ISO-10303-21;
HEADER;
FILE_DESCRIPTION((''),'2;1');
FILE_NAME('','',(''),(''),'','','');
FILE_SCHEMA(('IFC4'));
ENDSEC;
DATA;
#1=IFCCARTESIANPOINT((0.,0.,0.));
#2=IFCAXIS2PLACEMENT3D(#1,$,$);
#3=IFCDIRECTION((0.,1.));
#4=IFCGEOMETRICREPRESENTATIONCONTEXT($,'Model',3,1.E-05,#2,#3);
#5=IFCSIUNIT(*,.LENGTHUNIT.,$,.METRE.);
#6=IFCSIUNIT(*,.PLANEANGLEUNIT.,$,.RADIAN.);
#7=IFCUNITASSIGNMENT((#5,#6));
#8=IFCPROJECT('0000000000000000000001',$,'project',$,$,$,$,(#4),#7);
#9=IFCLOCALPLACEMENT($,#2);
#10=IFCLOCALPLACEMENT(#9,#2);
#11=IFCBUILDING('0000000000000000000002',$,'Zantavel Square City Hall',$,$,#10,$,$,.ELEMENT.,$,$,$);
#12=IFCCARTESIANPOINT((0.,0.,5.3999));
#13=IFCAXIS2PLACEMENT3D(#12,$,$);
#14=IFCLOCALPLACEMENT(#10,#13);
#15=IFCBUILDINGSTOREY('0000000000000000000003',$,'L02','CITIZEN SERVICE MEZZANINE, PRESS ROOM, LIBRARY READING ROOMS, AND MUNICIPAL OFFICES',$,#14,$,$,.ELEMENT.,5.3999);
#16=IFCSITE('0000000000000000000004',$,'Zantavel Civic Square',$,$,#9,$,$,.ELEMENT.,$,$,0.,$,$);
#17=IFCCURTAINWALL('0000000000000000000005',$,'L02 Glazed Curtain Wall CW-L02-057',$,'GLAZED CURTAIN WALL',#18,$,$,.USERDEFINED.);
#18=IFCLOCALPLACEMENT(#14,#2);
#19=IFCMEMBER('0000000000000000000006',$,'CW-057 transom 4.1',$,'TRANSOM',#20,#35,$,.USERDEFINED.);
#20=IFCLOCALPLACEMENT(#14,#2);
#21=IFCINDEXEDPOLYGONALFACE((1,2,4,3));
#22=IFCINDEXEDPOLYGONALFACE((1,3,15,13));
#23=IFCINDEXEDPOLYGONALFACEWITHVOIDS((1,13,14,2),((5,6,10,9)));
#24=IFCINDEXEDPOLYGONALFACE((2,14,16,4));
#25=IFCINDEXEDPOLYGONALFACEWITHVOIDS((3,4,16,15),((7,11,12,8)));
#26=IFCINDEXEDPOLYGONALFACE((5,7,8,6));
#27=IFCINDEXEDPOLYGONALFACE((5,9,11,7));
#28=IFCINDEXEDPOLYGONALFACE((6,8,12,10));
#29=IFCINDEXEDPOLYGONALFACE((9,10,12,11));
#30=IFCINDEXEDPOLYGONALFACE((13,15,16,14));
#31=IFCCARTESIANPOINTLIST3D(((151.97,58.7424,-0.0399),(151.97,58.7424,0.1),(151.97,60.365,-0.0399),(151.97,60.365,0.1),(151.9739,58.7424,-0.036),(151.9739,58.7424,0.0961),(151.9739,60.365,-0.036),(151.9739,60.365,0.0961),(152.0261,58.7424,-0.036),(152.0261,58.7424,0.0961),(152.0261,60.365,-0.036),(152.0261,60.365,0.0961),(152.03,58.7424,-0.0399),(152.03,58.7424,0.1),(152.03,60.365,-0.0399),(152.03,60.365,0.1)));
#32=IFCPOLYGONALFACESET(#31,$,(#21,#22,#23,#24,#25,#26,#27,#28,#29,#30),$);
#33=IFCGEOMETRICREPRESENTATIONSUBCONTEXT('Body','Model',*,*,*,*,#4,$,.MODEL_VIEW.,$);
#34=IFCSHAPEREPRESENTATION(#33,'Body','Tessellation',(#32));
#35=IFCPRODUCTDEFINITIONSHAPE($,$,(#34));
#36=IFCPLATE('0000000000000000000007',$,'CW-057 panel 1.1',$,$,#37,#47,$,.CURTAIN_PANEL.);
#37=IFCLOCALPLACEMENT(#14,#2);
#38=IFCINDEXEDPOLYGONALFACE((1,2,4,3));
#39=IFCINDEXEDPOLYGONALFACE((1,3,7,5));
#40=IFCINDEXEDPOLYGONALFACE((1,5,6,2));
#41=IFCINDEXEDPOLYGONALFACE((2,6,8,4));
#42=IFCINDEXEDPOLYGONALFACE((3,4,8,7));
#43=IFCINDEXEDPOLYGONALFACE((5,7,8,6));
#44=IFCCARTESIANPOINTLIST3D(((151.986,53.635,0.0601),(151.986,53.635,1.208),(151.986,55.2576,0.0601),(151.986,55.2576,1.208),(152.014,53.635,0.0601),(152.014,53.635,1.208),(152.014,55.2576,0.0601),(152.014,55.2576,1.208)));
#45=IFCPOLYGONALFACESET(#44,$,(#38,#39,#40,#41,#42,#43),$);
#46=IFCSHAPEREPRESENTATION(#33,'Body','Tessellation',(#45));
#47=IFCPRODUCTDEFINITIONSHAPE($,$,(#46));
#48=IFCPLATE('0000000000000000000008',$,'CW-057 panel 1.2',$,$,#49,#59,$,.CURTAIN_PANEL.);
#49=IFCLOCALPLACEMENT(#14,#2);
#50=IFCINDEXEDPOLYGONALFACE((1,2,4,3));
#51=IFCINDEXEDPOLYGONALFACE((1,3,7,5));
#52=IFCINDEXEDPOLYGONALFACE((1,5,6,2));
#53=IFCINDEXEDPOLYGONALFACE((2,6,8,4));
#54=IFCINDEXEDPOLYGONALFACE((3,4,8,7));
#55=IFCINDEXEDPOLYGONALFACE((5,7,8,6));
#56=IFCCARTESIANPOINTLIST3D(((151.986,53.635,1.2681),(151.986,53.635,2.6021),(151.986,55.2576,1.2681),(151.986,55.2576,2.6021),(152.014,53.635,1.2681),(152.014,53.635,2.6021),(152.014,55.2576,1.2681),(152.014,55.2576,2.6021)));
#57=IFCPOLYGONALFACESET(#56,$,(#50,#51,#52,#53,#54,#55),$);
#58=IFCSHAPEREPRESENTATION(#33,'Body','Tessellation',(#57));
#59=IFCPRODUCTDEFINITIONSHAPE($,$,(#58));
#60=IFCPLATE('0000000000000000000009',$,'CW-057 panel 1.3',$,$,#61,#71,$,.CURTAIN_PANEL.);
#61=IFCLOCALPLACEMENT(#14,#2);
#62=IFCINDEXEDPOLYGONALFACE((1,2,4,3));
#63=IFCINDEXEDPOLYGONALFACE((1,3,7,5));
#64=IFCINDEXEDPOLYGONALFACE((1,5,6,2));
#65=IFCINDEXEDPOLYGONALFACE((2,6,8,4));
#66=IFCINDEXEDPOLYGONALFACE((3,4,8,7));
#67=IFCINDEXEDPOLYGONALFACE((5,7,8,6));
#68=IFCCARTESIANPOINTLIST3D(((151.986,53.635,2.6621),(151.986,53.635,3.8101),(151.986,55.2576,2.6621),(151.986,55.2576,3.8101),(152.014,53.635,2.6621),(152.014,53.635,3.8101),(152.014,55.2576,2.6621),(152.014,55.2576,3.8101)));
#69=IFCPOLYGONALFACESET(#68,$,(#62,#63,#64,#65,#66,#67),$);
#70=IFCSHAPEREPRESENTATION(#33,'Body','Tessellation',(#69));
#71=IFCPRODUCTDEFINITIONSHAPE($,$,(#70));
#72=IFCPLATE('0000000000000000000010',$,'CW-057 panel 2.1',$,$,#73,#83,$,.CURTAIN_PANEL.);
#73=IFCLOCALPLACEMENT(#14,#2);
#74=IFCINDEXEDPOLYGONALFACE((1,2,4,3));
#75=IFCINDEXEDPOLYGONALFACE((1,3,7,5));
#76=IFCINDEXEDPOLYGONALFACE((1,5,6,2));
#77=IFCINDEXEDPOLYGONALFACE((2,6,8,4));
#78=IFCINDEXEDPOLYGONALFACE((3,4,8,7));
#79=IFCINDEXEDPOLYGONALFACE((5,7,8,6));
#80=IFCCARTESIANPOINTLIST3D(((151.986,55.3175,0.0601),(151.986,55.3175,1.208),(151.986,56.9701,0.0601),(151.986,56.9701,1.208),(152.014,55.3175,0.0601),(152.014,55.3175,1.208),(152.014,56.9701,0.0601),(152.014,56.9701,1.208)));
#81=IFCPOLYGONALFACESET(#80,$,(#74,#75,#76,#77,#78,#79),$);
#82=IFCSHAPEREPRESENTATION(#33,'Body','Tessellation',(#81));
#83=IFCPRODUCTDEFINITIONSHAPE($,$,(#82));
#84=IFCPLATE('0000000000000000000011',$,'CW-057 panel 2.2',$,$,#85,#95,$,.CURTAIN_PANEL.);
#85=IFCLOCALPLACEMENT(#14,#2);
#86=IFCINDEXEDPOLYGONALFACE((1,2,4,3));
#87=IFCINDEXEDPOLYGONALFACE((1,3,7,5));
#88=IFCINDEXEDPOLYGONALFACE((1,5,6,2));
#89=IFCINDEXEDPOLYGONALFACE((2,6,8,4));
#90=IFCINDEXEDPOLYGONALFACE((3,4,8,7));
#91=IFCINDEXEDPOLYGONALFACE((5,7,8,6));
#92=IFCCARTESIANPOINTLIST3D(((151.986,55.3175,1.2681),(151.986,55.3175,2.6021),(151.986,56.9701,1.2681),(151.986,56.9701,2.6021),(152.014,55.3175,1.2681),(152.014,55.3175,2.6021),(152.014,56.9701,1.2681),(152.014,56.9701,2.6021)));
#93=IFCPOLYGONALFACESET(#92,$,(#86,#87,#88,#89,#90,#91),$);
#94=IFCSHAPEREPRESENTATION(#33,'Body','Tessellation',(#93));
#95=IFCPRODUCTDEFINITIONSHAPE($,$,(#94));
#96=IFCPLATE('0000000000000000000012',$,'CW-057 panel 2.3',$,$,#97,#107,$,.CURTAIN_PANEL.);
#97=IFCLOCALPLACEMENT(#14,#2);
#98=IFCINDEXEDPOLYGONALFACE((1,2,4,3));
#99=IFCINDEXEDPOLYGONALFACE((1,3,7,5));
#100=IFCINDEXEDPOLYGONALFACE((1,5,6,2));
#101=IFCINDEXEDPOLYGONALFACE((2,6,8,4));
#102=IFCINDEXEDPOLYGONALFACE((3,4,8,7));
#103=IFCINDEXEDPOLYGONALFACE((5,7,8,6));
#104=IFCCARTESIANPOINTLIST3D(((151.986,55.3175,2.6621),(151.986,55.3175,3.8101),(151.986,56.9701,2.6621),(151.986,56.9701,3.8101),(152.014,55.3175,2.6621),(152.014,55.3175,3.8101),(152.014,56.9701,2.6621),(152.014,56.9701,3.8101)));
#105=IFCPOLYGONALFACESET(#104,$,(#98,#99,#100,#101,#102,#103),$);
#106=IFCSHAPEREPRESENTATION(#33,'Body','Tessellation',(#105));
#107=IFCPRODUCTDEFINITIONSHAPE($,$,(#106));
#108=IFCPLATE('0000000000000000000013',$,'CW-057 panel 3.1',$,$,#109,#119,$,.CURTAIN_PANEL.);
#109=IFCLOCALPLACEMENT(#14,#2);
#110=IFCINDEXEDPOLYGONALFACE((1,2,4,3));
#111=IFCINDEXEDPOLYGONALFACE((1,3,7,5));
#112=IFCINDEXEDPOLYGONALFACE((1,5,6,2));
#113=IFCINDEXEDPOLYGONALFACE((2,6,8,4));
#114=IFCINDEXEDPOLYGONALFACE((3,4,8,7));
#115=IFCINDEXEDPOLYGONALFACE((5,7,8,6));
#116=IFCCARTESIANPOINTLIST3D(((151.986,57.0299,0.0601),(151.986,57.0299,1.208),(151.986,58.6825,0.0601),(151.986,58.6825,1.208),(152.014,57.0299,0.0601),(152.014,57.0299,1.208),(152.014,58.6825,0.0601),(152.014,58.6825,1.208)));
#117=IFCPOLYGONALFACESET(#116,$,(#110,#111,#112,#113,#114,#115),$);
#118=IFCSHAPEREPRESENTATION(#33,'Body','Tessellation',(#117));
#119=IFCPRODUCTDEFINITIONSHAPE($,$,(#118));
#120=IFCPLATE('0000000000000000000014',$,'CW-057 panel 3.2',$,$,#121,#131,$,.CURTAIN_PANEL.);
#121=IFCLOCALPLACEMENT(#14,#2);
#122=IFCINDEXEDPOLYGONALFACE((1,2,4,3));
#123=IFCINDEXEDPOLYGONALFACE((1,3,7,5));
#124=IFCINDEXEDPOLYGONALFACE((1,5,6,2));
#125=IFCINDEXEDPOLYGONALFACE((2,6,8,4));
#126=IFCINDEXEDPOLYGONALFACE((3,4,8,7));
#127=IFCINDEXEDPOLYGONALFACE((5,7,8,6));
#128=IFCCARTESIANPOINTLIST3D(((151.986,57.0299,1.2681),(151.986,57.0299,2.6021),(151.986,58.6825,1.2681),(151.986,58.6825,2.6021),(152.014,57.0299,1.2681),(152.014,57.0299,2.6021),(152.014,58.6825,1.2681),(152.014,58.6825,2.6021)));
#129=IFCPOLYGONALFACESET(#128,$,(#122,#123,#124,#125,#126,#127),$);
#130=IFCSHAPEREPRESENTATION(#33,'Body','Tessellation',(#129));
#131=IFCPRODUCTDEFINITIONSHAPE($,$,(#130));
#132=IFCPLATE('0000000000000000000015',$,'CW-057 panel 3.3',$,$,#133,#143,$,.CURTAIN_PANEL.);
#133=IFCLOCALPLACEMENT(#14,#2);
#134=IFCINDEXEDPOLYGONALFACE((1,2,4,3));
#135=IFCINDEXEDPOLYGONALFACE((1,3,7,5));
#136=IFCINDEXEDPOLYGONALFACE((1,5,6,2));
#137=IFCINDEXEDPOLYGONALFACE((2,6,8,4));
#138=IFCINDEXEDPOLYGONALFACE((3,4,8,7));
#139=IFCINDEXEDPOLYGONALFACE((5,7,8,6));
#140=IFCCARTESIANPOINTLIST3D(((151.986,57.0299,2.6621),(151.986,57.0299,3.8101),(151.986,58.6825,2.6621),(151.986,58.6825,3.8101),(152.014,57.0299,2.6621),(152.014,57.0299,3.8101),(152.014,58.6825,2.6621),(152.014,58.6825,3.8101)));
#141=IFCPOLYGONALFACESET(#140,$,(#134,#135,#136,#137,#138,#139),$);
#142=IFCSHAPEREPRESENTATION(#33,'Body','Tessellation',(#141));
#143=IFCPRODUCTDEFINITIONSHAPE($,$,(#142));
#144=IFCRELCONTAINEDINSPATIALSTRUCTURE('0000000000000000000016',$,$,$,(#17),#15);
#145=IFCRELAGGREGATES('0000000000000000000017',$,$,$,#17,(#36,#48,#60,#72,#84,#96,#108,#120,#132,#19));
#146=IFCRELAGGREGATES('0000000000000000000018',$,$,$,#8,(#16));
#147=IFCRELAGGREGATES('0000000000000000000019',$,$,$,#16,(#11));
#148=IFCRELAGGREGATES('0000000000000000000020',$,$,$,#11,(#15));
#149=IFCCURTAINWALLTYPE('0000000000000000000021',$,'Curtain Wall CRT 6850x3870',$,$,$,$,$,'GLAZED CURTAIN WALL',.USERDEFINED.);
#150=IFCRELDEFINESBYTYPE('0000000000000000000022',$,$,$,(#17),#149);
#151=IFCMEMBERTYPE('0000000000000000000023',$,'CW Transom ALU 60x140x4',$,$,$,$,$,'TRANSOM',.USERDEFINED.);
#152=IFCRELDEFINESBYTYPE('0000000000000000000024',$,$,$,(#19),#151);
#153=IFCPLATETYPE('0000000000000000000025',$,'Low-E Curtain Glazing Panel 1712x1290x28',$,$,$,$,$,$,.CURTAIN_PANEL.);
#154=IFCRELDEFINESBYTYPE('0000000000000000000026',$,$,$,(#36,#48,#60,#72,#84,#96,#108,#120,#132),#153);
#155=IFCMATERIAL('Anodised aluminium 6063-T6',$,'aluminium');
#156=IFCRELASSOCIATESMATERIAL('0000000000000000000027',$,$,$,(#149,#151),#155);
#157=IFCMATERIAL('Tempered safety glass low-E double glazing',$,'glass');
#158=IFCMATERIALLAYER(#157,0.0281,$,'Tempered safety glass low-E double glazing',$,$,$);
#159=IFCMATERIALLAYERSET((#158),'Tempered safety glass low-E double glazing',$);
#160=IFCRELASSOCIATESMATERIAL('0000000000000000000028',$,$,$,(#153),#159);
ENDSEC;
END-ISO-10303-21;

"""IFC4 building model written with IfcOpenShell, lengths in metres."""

from ifc_helpers import new_model, si_unit, direction, frame, origin, origin_2d, place, context, subcontext, project, spatial, rectangle, hollow_rectangle, extrude, material, layer, layer_set, material_profile, profile_set, type_object, element, aggregate, save


model = new_model("IFC4")

# Units and contexts
model_context = context("Model", 3, precision=1e-05, world=origin(), true_north=direction((0.0, 1.0)))
body_context = subcontext(model_context, "Body", "Model", "MODEL_VIEW")
ifc_project = project(units=[si_unit("LENGTHUNIT", "METRE"), si_unit("PLANEANGLEUNIT", "RADIAN")], contexts=[model_context])

# Site, building, storey
site_placement = place(None, origin())
site = spatial("IfcSite", under=ifc_project, at=site_placement, Name="Zantavel Civic Square", CompositionType="ELEMENT", RefElevation=0.0)
building_placement = place(site_placement, origin())
building = spatial("IfcBuilding", under=site, at=building_placement, Name="Zantavel Square City Hall", CompositionType="ELEMENT")
storey_placement = place(building_placement, frame((0.0, 0.0, 5.3999)))
storey = spatial("IfcBuildingStorey", under=building, at=storey_placement, Name="L02", Description="CITIZEN SERVICE MEZZANINE, PRESS ROOM, LIBRARY READING ROOMS, AND MUNICIPAL OFFICES", CompositionType="ELEMENT", Elevation=5.3999)

# Curtain wall, member, plates
ifc_material_1 = material(Name="Anodised aluminium 6063-T6", Category="aluminium")
curtain_wall_type = type_object("IfcCurtainWallType", Name="Curtain Wall CRT 6850x3870", ElementType="GLAZED CURTAIN WALL", PredefinedType="USERDEFINED", material=ifc_material_1)
curtain_wall_placement = place(storey_placement, origin())
curtain_wall = element("IfcCurtainWall", 1, at=curtain_wall_placement, inside=storey, type_object=curtain_wall_type, Name="L02 Glazed Curtain Wall CW-L02-057", ObjectType="GLAZED CURTAIN WALL", PredefinedType="USERDEFINED")
ifc_material_profile_1 = material_profile(ifc_material_1, hollow_rectangle(XDim=0.0601, YDim=0.1399, WallThickness=0.0039, at=origin_2d()), Name="ALU 60x140x4")
ifc_profile_set_1 = profile_set([ifc_material_profile_1], Name="Anodised aluminium 6063-T6")
member_type_1 = type_object("IfcMemberType", Name="CW Transom ALU 60x140x4", ElementType="TRANSOM", PredefinedType="USERDEFINED", material=ifc_profile_set_1)
member_1_placement = place(storey_placement, frame((152.0, 58.7424, 0.03), z_axis=(0.0, 1.0, 0.0), x_axis=(-1.0, 0.0, 0.0)))
member_1 = element("IfcMember", 2, at=member_1_placement, type_object=member_type_1, Name="CW-057 transom 4.1", ObjectType="TRANSOM", PredefinedType="USERDEFINED", context=body_context, shape_type="SweptSolid", body=[
    extrude(hollow_rectangle(XDim=0.0601, YDim=0.1399, WallThickness=0.0039, at=origin_2d()), origin(), (0.0, 0.0, 1.0), 1.6226),
])
ifc_material_2 = material(Name="Tempered safety glass low-E double glazing", Category="glass")
ifc_layer = layer(ifc_material_2, 0.0281, Name="Tempered safety glass low-E double glazing")
ifc_layer_set = layer_set([ifc_layer], Name="Tempered safety glass low-E double glazing")
plate_type = type_object("IfcPlateType", Name="Low-E Curtain Glazing Panel 1712x1290x28", PredefinedType="CURTAIN_PANEL", material=ifc_layer_set)
plate_1_placement = place(storey_placement, frame((152.0, 54.4463, 0.0601), z_axis=(0.0, 0.0, 1.0), x_axis=(0.0, 1.0, 0.0)))
plate_1 = element("IfcPlate", 3, at=plate_1_placement, type_object=plate_type, Name="CW-057 panel 1.1", PredefinedType="CURTAIN_PANEL", context=body_context, shape_type="SweptSolid", body=[
    extrude(rectangle(XDim=1.6226, YDim=0.0281, at=origin_2d()), origin(), (0.0, 0.0, 1.0), 1.1479),
])
plate_2_placement = place(storey_placement, frame((152.0, 54.4463, 1.2681), z_axis=(0.0, 0.0, 1.0), x_axis=(0.0, 1.0, 0.0)))
plate_2 = element("IfcPlate", 4, at=plate_2_placement, type_object=plate_type, Name="CW-057 panel 1.2", PredefinedType="CURTAIN_PANEL", context=body_context, shape_type="SweptSolid", body=[
    extrude(rectangle(XDim=1.6226, YDim=0.0281, at=origin_2d()), origin(), (0.0, 0.0, 1.0), 1.334),
])
plate_3_placement = place(storey_placement, frame((152.0, 54.4463, 2.6621), z_axis=(0.0, 0.0, 1.0), x_axis=(0.0, 1.0, 0.0)))
plate_3 = element("IfcPlate", 5, at=plate_3_placement, type_object=plate_type, Name="CW-057 panel 1.3", PredefinedType="CURTAIN_PANEL", context=body_context, shape_type="SweptSolid", body=[
    extrude(rectangle(XDim=1.6226, YDim=0.0281, at=origin_2d()), origin(), (0.0, 0.0, 1.0), 1.1479),
])
plate_4_placement = place(storey_placement, frame((152.0, 56.1438, 0.0601), z_axis=(0.0, 0.0, 1.0), x_axis=(0.0, 1.0, 0.0)))
plate_4 = element("IfcPlate", 6, at=plate_4_placement, type_object=plate_type, Name="CW-057 panel 2.1", PredefinedType="CURTAIN_PANEL", context=body_context, shape_type="SweptSolid", body=[
    extrude(rectangle(XDim=1.6526, YDim=0.0281, at=origin_2d()), origin(), (0.0, 0.0, 1.0), 1.1479),
])
plate_5_placement = place(storey_placement, frame((152.0, 56.1438, 1.2681), z_axis=(0.0, 0.0, 1.0), x_axis=(0.0, 1.0, 0.0)))
plate_5 = element("IfcPlate", 7, at=plate_5_placement, type_object=plate_type, Name="CW-057 panel 2.2", PredefinedType="CURTAIN_PANEL", context=body_context, shape_type="SweptSolid", body=[
    extrude(rectangle(XDim=1.6526, YDim=0.0281, at=origin_2d()), origin(), (0.0, 0.0, 1.0), 1.334),
])
plate_6_placement = place(storey_placement, frame((152.0, 56.1438, 2.6621), z_axis=(0.0, 0.0, 1.0), x_axis=(0.0, 1.0, 0.0)))
plate_6 = element("IfcPlate", 8, at=plate_6_placement, type_object=plate_type, Name="CW-057 panel 2.3", PredefinedType="CURTAIN_PANEL", context=body_context, shape_type="SweptSolid", body=[
    extrude(rectangle(XDim=1.6526, YDim=0.0281, at=origin_2d()), origin(), (0.0, 0.0, 1.0), 1.1479),
])
plate_7_placement = place(storey_placement, frame((152.0, 57.8562, 0.0601), z_axis=(0.0, 0.0, 1.0), x_axis=(0.0, 1.0, 0.0)))
plate_7 = element("IfcPlate", 9, at=plate_7_placement, type_object=plate_type, Name="CW-057 panel 3.1", PredefinedType="CURTAIN_PANEL", context=body_context, shape_type="SweptSolid", body=[
    extrude(rectangle(XDim=1.6526, YDim=0.0281, at=origin_2d()), origin(), (0.0, 0.0, 1.0), 1.1479),
])
plate_8_placement = place(storey_placement, frame((152.0, 57.8562, 1.2681), z_axis=(0.0, 0.0, 1.0), x_axis=(0.0, 1.0, 0.0)))
plate_8 = element("IfcPlate", 10, at=plate_8_placement, type_object=plate_type, Name="CW-057 panel 3.2", PredefinedType="CURTAIN_PANEL", context=body_context, shape_type="SweptSolid", body=[
    extrude(rectangle(XDim=1.6526, YDim=0.0281, at=origin_2d()), origin(), (0.0, 0.0, 1.0), 1.334),
])
plate_9_placement = place(storey_placement, frame((152.0, 57.8562, 2.6621), z_axis=(0.0, 0.0, 1.0), x_axis=(0.0, 1.0, 0.0)))
plate_9 = element("IfcPlate", 11, at=plate_9_placement, type_object=plate_type, Name="CW-057 panel 3.3", PredefinedType="CURTAIN_PANEL", context=body_context, shape_type="SweptSolid", body=[
    extrude(rectangle(XDim=1.6526, YDim=0.0281, at=origin_2d()), origin(), (0.0, 0.0, 1.0), 1.1479),
])
aggregate(curtain_wall, [plate_1, plate_2, plate_3, plate_4, plate_5, plate_6, plate_7, plate_8, plate_9, member_1])

save(model, "model.ifc")
